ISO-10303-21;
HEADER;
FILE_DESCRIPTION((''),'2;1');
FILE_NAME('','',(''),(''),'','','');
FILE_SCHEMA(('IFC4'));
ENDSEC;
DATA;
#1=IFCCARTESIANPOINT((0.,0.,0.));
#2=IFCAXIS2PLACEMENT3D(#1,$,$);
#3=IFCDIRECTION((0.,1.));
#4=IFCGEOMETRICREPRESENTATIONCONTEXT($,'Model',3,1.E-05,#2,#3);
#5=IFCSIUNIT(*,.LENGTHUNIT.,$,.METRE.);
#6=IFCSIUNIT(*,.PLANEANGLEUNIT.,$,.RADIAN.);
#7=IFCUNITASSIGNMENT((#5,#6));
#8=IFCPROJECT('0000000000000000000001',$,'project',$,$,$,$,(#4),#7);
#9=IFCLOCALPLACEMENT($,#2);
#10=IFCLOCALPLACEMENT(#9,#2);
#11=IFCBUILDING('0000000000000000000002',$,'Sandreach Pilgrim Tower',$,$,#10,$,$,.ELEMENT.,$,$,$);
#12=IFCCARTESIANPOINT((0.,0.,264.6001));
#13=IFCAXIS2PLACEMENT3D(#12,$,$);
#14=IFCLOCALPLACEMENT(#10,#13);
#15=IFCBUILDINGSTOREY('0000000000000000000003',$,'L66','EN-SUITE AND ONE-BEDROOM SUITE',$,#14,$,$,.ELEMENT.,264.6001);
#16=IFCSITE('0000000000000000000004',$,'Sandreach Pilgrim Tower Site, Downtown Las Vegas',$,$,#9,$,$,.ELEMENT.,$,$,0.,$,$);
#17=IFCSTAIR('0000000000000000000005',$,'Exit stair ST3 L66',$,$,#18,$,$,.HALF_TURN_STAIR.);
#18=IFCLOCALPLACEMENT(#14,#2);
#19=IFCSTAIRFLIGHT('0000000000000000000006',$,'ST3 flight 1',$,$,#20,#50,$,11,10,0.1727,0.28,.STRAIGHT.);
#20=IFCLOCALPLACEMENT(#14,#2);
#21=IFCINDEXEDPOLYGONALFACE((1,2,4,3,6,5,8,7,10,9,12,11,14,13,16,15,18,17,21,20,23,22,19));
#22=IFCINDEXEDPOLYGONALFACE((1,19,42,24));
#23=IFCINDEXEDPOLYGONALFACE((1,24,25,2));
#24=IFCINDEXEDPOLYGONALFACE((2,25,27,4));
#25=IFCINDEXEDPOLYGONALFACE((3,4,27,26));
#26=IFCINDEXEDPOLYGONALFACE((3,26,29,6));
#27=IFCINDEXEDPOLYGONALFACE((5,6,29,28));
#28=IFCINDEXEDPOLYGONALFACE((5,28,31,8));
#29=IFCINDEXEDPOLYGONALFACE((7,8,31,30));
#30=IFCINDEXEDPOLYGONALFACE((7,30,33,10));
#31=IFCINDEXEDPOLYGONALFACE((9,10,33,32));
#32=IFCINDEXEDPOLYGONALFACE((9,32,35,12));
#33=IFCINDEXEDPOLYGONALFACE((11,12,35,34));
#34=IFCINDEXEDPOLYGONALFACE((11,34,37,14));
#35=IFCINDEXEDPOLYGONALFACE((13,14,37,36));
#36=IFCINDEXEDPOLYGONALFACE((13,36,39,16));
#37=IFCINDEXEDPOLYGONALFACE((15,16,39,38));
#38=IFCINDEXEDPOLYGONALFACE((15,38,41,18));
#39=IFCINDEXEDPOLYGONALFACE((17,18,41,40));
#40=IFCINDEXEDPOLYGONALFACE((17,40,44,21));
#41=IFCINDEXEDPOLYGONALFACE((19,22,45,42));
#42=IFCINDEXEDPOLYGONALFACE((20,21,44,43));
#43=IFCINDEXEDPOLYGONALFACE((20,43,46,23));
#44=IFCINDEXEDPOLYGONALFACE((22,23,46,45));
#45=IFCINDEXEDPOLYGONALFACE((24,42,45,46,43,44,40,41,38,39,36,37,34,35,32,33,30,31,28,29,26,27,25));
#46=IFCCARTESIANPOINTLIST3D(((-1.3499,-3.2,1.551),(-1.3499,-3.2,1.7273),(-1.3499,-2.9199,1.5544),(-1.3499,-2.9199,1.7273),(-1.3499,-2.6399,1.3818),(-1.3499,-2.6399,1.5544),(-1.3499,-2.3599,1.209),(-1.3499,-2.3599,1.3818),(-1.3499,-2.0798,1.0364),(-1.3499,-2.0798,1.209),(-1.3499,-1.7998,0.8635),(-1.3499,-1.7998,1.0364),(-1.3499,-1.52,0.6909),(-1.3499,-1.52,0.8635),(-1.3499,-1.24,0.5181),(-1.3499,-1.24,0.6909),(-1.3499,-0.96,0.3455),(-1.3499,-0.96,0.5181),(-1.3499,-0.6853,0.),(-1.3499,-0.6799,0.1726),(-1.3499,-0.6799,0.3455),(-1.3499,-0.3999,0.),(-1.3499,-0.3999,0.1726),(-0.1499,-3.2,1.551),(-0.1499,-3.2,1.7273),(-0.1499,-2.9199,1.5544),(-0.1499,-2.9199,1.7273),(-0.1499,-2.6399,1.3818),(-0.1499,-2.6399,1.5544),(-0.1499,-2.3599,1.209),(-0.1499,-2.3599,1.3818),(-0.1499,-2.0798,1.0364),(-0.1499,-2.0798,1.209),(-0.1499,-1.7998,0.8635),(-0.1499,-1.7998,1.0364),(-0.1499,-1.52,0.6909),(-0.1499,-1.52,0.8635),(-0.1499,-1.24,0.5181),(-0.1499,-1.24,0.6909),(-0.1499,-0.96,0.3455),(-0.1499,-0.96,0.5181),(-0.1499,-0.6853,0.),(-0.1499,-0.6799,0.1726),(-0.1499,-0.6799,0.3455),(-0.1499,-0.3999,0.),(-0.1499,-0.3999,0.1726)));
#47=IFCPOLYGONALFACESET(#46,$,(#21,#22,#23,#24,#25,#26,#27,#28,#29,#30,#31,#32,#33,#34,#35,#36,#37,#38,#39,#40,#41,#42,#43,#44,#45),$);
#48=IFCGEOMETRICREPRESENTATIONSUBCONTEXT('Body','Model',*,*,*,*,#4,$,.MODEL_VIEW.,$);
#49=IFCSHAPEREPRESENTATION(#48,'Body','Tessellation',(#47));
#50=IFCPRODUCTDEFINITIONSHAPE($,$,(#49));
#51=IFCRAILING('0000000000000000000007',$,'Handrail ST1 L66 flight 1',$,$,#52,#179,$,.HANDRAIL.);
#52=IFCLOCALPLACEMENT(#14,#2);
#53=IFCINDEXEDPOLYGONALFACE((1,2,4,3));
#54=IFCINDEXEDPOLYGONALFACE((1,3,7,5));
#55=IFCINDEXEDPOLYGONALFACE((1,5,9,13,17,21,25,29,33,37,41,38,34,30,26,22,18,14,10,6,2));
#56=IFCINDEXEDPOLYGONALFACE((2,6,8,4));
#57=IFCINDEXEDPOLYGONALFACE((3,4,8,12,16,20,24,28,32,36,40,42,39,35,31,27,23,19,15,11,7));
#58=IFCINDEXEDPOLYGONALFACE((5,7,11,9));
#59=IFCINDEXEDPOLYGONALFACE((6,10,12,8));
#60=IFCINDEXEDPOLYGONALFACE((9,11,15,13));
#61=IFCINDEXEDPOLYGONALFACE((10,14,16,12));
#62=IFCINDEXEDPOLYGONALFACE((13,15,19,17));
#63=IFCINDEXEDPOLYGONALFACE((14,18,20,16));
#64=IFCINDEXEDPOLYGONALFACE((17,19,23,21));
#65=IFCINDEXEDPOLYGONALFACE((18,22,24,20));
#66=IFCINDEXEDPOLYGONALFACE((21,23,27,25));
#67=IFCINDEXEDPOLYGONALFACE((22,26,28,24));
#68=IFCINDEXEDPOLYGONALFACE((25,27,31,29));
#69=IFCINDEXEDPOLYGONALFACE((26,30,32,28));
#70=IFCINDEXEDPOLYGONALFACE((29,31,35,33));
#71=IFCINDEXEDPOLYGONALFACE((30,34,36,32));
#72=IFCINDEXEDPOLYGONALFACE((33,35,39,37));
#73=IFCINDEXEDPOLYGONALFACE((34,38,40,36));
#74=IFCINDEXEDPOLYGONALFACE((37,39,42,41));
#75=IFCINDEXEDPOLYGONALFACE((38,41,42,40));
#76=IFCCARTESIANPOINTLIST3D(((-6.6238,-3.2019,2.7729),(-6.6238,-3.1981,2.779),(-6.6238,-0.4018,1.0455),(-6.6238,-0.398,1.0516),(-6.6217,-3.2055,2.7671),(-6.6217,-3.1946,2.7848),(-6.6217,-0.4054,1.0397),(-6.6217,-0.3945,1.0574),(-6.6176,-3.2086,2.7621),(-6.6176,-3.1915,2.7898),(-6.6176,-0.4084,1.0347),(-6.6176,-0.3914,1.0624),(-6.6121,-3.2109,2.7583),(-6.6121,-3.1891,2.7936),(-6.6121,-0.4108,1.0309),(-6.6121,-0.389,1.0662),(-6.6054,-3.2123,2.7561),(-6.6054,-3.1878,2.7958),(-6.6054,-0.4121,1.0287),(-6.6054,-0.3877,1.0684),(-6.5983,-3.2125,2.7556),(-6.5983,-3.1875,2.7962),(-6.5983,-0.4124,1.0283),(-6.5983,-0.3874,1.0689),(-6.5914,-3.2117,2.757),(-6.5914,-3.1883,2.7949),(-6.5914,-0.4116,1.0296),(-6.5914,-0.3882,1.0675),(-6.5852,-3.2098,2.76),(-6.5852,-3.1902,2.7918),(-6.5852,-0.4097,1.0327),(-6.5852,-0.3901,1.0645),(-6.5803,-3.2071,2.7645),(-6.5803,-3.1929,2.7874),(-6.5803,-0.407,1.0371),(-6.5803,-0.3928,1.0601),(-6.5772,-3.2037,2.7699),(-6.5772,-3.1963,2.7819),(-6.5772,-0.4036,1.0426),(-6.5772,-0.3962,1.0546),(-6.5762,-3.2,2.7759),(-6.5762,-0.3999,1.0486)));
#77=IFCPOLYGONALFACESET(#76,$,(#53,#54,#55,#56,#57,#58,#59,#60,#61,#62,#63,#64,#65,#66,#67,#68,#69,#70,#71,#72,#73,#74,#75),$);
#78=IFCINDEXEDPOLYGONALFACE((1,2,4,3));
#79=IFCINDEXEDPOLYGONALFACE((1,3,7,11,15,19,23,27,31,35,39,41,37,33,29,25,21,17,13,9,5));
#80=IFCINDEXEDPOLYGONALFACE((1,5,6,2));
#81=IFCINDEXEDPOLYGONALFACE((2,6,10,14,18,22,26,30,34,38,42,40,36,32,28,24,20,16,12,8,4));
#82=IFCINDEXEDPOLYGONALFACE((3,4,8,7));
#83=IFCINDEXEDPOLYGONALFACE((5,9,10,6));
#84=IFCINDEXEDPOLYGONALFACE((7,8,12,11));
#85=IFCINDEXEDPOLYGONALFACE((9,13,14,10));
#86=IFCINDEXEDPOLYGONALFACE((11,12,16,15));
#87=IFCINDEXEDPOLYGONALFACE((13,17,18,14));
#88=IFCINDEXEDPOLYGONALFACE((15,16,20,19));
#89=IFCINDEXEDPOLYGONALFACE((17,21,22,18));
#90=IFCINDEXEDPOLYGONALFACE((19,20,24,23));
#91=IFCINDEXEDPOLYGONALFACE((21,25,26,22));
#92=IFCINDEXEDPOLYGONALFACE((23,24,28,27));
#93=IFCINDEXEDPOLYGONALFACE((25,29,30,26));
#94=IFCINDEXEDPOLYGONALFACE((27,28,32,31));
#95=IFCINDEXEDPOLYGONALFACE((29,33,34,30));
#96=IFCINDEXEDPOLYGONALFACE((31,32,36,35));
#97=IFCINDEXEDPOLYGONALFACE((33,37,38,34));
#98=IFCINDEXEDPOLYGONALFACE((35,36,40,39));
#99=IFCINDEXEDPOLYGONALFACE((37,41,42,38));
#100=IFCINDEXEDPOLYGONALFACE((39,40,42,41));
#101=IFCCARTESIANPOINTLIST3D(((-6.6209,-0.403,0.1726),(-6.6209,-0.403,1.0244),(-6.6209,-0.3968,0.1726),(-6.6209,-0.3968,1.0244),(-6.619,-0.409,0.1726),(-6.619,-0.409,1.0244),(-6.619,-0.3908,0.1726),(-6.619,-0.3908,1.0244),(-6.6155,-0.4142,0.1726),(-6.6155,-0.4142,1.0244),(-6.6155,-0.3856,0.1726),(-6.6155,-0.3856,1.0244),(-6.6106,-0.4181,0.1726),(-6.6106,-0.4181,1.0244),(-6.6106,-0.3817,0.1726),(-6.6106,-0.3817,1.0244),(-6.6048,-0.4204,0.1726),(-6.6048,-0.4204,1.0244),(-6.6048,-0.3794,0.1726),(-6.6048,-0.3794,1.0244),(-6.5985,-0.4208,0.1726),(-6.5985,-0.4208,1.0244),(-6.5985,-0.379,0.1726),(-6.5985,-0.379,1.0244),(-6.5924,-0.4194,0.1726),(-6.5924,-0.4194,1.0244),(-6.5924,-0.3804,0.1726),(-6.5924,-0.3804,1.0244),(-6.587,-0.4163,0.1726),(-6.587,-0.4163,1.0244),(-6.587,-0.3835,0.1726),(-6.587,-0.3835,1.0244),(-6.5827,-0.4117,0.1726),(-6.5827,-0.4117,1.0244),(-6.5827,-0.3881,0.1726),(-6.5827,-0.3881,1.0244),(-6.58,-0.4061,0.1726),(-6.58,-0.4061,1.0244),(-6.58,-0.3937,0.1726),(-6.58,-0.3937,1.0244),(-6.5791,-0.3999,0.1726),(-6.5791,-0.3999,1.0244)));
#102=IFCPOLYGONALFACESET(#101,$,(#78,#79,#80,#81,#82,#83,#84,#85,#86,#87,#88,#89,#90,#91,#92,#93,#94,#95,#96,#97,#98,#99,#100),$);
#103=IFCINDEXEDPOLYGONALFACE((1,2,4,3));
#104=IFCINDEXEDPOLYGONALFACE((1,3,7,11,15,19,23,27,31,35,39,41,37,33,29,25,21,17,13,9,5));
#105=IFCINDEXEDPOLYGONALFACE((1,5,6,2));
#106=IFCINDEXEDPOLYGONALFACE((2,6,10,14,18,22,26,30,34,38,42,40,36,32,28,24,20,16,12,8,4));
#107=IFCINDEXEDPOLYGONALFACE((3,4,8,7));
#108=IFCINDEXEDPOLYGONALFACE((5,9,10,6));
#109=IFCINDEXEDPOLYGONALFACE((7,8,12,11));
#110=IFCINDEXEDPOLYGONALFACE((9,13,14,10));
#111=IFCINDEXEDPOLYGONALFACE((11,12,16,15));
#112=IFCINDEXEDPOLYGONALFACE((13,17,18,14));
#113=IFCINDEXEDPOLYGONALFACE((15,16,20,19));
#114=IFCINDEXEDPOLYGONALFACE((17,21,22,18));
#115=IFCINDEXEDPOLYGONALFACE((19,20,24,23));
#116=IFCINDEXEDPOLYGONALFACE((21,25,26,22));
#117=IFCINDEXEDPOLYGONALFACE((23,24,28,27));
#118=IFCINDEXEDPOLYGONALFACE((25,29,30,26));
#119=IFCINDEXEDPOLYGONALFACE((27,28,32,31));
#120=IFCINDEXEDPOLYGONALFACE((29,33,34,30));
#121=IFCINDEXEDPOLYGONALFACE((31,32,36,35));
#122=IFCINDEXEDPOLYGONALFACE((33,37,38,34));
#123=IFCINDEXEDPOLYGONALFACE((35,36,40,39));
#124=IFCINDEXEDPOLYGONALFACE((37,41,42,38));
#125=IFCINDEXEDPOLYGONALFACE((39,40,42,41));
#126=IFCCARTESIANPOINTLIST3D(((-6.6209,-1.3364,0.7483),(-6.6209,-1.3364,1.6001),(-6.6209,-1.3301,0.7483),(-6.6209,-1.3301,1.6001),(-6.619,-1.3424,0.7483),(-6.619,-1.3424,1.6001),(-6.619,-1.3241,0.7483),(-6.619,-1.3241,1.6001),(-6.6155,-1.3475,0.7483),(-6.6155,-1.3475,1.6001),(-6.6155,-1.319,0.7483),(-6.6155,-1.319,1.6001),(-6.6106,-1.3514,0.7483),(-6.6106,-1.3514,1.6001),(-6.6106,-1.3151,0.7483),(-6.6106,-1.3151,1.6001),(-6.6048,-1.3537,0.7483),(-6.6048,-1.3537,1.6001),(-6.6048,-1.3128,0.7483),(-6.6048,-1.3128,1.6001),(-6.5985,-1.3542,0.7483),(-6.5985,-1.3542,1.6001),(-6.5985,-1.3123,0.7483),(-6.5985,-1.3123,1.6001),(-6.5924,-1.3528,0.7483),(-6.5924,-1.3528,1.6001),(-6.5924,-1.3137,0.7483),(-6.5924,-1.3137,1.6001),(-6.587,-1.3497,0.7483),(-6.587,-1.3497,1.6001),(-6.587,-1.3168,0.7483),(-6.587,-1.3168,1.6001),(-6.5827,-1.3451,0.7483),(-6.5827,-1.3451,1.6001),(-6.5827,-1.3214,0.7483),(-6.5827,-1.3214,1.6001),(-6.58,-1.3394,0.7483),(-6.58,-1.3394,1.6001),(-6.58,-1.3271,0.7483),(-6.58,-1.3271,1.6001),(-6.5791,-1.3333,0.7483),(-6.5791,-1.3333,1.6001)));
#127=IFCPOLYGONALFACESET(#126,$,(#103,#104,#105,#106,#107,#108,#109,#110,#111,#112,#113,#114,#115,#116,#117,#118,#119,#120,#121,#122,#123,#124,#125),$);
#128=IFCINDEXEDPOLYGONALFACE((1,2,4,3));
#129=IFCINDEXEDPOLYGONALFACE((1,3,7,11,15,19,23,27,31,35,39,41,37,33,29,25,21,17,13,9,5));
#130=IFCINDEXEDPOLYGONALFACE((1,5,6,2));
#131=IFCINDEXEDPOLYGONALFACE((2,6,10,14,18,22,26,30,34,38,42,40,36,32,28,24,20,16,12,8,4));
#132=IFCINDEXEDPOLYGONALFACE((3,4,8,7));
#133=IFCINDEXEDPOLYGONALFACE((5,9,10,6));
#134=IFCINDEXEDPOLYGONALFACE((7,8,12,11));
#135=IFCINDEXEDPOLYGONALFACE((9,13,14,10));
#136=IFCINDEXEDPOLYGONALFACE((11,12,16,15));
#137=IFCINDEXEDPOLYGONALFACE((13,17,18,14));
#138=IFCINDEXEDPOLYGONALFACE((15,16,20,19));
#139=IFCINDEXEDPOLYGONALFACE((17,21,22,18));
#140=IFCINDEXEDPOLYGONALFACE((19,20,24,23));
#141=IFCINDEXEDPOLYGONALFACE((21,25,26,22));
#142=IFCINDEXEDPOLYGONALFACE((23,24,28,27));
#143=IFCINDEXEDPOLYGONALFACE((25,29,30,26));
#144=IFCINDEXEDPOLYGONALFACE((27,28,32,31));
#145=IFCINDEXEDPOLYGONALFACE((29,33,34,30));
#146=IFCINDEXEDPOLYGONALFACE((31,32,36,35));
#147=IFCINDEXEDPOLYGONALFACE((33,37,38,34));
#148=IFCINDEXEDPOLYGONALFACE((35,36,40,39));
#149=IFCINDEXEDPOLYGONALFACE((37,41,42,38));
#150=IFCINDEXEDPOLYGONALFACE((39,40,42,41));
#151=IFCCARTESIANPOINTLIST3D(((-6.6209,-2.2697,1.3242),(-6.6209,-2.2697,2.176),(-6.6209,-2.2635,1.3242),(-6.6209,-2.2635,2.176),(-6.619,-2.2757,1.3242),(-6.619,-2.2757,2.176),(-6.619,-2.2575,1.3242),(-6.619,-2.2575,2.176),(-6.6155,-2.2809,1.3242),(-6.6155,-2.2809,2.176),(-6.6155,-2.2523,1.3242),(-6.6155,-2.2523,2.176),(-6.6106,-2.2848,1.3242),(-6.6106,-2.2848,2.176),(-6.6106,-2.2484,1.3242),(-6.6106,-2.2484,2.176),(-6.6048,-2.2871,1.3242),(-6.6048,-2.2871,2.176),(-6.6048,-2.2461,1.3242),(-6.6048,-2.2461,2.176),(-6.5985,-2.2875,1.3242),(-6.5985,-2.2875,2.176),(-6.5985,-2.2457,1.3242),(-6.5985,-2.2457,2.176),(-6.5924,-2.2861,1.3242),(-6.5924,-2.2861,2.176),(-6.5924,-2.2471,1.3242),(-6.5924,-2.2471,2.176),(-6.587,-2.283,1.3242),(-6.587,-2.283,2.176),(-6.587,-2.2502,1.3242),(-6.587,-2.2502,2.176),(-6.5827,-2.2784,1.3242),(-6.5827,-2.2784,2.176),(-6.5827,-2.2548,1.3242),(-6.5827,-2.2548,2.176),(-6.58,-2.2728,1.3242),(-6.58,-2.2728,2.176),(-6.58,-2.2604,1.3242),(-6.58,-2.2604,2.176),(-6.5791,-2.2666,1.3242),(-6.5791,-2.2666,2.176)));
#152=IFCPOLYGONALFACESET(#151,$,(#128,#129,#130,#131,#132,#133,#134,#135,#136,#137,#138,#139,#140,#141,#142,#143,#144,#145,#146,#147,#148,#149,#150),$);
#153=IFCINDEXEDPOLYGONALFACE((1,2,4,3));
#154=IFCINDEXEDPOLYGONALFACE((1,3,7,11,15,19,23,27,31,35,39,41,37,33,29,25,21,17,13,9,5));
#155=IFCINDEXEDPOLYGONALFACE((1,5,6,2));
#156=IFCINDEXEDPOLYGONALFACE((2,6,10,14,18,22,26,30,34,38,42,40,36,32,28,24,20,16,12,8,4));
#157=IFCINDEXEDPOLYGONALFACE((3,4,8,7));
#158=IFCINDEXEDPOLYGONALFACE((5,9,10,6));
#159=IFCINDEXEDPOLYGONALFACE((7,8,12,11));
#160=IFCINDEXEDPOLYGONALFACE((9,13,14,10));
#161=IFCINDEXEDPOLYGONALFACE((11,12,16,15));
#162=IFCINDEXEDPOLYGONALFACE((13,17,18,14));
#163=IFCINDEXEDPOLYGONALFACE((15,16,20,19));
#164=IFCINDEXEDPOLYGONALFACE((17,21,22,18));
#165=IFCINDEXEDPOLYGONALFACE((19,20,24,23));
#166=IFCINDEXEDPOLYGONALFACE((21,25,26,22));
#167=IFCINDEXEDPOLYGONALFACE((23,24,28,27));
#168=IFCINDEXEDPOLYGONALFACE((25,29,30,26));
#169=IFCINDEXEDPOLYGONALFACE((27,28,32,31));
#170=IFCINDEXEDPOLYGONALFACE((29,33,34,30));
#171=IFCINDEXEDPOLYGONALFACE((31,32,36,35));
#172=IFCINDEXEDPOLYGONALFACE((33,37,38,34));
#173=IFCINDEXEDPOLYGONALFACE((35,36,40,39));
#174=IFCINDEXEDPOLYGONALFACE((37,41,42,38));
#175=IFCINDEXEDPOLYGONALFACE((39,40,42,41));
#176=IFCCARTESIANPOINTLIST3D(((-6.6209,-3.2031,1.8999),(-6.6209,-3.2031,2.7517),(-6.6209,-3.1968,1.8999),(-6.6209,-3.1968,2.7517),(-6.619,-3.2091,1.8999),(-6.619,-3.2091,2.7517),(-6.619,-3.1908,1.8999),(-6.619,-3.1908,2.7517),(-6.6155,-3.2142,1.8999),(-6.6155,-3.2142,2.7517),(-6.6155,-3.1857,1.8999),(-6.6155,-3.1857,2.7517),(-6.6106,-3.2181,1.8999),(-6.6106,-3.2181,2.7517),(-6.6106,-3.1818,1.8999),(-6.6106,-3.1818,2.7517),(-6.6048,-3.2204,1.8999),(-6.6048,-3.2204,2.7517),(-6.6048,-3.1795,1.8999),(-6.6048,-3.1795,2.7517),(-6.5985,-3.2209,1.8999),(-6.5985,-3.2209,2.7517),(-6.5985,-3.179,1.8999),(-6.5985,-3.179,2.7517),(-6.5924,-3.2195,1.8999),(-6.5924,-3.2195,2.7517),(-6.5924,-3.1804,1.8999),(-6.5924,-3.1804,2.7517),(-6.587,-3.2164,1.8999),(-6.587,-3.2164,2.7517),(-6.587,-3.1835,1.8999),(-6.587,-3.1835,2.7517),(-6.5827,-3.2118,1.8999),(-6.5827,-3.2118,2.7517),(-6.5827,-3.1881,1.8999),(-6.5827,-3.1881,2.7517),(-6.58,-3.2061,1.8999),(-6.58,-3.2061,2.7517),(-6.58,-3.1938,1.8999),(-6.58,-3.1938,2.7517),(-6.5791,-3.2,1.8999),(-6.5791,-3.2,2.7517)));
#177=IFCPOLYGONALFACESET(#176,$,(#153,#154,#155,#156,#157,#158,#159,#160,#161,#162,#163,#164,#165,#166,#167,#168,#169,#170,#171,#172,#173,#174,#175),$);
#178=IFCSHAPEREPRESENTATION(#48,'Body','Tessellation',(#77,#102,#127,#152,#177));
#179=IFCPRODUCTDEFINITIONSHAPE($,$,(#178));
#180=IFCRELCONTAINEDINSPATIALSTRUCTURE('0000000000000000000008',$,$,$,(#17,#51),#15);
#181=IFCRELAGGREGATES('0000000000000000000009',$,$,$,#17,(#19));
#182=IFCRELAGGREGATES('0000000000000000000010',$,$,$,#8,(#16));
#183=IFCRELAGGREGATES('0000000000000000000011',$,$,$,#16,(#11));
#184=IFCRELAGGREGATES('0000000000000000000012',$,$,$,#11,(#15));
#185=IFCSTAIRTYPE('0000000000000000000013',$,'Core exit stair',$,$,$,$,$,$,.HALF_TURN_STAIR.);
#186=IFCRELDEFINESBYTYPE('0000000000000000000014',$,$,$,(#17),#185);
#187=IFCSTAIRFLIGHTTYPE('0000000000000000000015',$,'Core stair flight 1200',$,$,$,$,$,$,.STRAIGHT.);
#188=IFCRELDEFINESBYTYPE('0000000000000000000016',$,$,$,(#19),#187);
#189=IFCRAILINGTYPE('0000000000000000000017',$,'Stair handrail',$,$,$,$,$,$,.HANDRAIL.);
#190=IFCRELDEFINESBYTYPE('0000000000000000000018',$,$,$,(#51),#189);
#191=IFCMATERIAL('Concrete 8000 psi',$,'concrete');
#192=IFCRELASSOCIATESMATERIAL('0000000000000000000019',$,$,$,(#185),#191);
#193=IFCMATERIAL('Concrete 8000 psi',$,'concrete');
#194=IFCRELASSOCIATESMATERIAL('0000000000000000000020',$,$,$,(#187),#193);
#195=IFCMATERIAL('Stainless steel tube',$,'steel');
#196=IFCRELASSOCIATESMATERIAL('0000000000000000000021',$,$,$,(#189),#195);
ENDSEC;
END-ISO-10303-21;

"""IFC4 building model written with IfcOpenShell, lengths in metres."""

from ifc_helpers import new_model, si_unit, direction, frame, origin, origin_2d, place, context, subcontext, project, spatial, polyline, circle, outline, extrude, material, type_object, element, aggregate, save


model = new_model("IFC4")

# Units and contexts
model_context = context("Model", 3, precision=1e-05, world=origin(), true_north=direction((0.0, 1.0)))
body_context = subcontext(model_context, "Body", "Model", "MODEL_VIEW")
ifc_project = project(units=[si_unit("LENGTHUNIT", "METRE"), si_unit("PLANEANGLEUNIT", "RADIAN")], contexts=[model_context])

# Site, building, storey
site_placement = place(None, origin())
site = spatial("IfcSite", under=ifc_project, at=site_placement, Name="Sandreach Pilgrim Tower Site, Downtown Las Vegas", CompositionType="ELEMENT", RefElevation=0.0)
building_placement = place(site_placement, origin())
building = spatial("IfcBuilding", under=site, at=building_placement, Name="Sandreach Pilgrim Tower", CompositionType="ELEMENT")
storey_placement = place(building_placement, frame((0.0, 0.0, 264.6001)))
storey = spatial("IfcBuildingStorey", under=building, at=storey_placement, Name="L66", Description="EN-SUITE AND ONE-BEDROOM SUITE", CompositionType="ELEMENT", Elevation=264.6001)

# Shared definitions
ifc_material_1 = material(Name="Concrete 8000 psi", Category="concrete")
stair_type = type_object("IfcStairType", Name="Core exit stair", PredefinedType="HALF_TURN_STAIR", material=ifc_material_1)
ifc_material_2 = material(Name="Concrete 8000 psi", Category="concrete")
stair_flight_type = type_object("IfcStairFlightType", Name="Core stair flight 1200", PredefinedType="STRAIGHT", material=ifc_material_2)

# Stair, stair flight
stair_1_placement = place(storey_placement, origin())
stair_1 = element("IfcStair", 1, at=stair_1_placement, inside=storey, type_object=stair_type, Name="Exit stair ST3 L66", PredefinedType="HALF_TURN_STAIR")
stair_flight_1_placement = place(storey_placement, frame((-0.75, -0.3999, 0.0), z_axis=(0.0, 0.0, 1.0), x_axis=(0.0, -1.0, 0.0)))
stair_flight_1 = element("IfcStairFlight", 2, at=stair_flight_1_placement, type_object=stair_flight_type, Name="ST3 flight 1", NumberOfRisers=11, NumberOfTreads=10, PredefinedType="STRAIGHT", RiserHeight=0.1727, TreadLength=0.28, context=body_context, shape_type="SweptSolid", body=[
    extrude(outline(polyline([(0.0, 0.0), (0.0, 0.1726), (0.28, 0.1726), (0.28, 0.3455), (0.5601, 0.3455), (0.5601, 0.5181), (0.8401, 0.5181), (0.8401, 0.6909), (1.1201, 0.6909), (1.1201, 0.8635), (1.3999, 0.8635), (1.3999, 1.0364), (1.6799, 1.0364), (1.6799, 1.209), (1.96, 1.209), (1.96, 1.3818), (2.24, 1.3818), (2.24, 1.5544), (2.52, 1.5544), (2.52, 1.7273), (2.8, 1.7273), (2.8, 1.8999), (2.8, 1.551), (0.2854, 0.0), (0.0, 0.0)])), frame((0.0, 0.6001, 0.0), z_axis=(0.0, -1.0, 0.0), x_axis=(1.0, 0.0, 0.0)), (0.0, 0.0, 1.0), 1.2),
])
aggregate(stair_1, [stair_flight_1])

# Railing
ifc_material_3 = material(Name="Stainless steel tube", Category="steel")
railing_type = type_object("IfcRailingType", Name="Stair handrail", PredefinedType="HANDRAIL", material=ifc_material_3)
railing_placement = place(storey_placement, frame((-6.6001, -0.3999, 0.1726)))
element("IfcRailing", 3, at=railing_placement, inside=storey, type_object=railing_type, Name="Handrail ST1 L66 flight 1", PredefinedType="HANDRAIL", context=body_context, shape_type="SweptSolid", body=[
    extrude(circle(Radius=0.0239, at=origin_2d()), frame((0.0, 0.0, 0.876), z_axis=(0.0, -0.85109, 0.52502), x_axis=(1.0, 0.0, 0.0)), (0.0, 0.0, 1.0), 3.29),
    extrude(circle(Radius=0.021, at=origin_2d()), origin(), (0.0, 0.0, 1.0), 0.8518),
    extrude(circle(Radius=0.021, at=origin_2d()), frame((0.0, -0.9333, 0.5757)), (0.0, 0.0, 1.0), 0.8518),
    extrude(circle(Radius=0.021, at=origin_2d()), frame((0.0, -1.8667, 1.1516)), (0.0, 0.0, 1.0), 0.8518),
    extrude(circle(Radius=0.021, at=origin_2d()), frame((0.0, -2.8, 1.7273)), (0.0, 0.0, 1.0), 0.8518),
])

save(model, "model.ifc")
